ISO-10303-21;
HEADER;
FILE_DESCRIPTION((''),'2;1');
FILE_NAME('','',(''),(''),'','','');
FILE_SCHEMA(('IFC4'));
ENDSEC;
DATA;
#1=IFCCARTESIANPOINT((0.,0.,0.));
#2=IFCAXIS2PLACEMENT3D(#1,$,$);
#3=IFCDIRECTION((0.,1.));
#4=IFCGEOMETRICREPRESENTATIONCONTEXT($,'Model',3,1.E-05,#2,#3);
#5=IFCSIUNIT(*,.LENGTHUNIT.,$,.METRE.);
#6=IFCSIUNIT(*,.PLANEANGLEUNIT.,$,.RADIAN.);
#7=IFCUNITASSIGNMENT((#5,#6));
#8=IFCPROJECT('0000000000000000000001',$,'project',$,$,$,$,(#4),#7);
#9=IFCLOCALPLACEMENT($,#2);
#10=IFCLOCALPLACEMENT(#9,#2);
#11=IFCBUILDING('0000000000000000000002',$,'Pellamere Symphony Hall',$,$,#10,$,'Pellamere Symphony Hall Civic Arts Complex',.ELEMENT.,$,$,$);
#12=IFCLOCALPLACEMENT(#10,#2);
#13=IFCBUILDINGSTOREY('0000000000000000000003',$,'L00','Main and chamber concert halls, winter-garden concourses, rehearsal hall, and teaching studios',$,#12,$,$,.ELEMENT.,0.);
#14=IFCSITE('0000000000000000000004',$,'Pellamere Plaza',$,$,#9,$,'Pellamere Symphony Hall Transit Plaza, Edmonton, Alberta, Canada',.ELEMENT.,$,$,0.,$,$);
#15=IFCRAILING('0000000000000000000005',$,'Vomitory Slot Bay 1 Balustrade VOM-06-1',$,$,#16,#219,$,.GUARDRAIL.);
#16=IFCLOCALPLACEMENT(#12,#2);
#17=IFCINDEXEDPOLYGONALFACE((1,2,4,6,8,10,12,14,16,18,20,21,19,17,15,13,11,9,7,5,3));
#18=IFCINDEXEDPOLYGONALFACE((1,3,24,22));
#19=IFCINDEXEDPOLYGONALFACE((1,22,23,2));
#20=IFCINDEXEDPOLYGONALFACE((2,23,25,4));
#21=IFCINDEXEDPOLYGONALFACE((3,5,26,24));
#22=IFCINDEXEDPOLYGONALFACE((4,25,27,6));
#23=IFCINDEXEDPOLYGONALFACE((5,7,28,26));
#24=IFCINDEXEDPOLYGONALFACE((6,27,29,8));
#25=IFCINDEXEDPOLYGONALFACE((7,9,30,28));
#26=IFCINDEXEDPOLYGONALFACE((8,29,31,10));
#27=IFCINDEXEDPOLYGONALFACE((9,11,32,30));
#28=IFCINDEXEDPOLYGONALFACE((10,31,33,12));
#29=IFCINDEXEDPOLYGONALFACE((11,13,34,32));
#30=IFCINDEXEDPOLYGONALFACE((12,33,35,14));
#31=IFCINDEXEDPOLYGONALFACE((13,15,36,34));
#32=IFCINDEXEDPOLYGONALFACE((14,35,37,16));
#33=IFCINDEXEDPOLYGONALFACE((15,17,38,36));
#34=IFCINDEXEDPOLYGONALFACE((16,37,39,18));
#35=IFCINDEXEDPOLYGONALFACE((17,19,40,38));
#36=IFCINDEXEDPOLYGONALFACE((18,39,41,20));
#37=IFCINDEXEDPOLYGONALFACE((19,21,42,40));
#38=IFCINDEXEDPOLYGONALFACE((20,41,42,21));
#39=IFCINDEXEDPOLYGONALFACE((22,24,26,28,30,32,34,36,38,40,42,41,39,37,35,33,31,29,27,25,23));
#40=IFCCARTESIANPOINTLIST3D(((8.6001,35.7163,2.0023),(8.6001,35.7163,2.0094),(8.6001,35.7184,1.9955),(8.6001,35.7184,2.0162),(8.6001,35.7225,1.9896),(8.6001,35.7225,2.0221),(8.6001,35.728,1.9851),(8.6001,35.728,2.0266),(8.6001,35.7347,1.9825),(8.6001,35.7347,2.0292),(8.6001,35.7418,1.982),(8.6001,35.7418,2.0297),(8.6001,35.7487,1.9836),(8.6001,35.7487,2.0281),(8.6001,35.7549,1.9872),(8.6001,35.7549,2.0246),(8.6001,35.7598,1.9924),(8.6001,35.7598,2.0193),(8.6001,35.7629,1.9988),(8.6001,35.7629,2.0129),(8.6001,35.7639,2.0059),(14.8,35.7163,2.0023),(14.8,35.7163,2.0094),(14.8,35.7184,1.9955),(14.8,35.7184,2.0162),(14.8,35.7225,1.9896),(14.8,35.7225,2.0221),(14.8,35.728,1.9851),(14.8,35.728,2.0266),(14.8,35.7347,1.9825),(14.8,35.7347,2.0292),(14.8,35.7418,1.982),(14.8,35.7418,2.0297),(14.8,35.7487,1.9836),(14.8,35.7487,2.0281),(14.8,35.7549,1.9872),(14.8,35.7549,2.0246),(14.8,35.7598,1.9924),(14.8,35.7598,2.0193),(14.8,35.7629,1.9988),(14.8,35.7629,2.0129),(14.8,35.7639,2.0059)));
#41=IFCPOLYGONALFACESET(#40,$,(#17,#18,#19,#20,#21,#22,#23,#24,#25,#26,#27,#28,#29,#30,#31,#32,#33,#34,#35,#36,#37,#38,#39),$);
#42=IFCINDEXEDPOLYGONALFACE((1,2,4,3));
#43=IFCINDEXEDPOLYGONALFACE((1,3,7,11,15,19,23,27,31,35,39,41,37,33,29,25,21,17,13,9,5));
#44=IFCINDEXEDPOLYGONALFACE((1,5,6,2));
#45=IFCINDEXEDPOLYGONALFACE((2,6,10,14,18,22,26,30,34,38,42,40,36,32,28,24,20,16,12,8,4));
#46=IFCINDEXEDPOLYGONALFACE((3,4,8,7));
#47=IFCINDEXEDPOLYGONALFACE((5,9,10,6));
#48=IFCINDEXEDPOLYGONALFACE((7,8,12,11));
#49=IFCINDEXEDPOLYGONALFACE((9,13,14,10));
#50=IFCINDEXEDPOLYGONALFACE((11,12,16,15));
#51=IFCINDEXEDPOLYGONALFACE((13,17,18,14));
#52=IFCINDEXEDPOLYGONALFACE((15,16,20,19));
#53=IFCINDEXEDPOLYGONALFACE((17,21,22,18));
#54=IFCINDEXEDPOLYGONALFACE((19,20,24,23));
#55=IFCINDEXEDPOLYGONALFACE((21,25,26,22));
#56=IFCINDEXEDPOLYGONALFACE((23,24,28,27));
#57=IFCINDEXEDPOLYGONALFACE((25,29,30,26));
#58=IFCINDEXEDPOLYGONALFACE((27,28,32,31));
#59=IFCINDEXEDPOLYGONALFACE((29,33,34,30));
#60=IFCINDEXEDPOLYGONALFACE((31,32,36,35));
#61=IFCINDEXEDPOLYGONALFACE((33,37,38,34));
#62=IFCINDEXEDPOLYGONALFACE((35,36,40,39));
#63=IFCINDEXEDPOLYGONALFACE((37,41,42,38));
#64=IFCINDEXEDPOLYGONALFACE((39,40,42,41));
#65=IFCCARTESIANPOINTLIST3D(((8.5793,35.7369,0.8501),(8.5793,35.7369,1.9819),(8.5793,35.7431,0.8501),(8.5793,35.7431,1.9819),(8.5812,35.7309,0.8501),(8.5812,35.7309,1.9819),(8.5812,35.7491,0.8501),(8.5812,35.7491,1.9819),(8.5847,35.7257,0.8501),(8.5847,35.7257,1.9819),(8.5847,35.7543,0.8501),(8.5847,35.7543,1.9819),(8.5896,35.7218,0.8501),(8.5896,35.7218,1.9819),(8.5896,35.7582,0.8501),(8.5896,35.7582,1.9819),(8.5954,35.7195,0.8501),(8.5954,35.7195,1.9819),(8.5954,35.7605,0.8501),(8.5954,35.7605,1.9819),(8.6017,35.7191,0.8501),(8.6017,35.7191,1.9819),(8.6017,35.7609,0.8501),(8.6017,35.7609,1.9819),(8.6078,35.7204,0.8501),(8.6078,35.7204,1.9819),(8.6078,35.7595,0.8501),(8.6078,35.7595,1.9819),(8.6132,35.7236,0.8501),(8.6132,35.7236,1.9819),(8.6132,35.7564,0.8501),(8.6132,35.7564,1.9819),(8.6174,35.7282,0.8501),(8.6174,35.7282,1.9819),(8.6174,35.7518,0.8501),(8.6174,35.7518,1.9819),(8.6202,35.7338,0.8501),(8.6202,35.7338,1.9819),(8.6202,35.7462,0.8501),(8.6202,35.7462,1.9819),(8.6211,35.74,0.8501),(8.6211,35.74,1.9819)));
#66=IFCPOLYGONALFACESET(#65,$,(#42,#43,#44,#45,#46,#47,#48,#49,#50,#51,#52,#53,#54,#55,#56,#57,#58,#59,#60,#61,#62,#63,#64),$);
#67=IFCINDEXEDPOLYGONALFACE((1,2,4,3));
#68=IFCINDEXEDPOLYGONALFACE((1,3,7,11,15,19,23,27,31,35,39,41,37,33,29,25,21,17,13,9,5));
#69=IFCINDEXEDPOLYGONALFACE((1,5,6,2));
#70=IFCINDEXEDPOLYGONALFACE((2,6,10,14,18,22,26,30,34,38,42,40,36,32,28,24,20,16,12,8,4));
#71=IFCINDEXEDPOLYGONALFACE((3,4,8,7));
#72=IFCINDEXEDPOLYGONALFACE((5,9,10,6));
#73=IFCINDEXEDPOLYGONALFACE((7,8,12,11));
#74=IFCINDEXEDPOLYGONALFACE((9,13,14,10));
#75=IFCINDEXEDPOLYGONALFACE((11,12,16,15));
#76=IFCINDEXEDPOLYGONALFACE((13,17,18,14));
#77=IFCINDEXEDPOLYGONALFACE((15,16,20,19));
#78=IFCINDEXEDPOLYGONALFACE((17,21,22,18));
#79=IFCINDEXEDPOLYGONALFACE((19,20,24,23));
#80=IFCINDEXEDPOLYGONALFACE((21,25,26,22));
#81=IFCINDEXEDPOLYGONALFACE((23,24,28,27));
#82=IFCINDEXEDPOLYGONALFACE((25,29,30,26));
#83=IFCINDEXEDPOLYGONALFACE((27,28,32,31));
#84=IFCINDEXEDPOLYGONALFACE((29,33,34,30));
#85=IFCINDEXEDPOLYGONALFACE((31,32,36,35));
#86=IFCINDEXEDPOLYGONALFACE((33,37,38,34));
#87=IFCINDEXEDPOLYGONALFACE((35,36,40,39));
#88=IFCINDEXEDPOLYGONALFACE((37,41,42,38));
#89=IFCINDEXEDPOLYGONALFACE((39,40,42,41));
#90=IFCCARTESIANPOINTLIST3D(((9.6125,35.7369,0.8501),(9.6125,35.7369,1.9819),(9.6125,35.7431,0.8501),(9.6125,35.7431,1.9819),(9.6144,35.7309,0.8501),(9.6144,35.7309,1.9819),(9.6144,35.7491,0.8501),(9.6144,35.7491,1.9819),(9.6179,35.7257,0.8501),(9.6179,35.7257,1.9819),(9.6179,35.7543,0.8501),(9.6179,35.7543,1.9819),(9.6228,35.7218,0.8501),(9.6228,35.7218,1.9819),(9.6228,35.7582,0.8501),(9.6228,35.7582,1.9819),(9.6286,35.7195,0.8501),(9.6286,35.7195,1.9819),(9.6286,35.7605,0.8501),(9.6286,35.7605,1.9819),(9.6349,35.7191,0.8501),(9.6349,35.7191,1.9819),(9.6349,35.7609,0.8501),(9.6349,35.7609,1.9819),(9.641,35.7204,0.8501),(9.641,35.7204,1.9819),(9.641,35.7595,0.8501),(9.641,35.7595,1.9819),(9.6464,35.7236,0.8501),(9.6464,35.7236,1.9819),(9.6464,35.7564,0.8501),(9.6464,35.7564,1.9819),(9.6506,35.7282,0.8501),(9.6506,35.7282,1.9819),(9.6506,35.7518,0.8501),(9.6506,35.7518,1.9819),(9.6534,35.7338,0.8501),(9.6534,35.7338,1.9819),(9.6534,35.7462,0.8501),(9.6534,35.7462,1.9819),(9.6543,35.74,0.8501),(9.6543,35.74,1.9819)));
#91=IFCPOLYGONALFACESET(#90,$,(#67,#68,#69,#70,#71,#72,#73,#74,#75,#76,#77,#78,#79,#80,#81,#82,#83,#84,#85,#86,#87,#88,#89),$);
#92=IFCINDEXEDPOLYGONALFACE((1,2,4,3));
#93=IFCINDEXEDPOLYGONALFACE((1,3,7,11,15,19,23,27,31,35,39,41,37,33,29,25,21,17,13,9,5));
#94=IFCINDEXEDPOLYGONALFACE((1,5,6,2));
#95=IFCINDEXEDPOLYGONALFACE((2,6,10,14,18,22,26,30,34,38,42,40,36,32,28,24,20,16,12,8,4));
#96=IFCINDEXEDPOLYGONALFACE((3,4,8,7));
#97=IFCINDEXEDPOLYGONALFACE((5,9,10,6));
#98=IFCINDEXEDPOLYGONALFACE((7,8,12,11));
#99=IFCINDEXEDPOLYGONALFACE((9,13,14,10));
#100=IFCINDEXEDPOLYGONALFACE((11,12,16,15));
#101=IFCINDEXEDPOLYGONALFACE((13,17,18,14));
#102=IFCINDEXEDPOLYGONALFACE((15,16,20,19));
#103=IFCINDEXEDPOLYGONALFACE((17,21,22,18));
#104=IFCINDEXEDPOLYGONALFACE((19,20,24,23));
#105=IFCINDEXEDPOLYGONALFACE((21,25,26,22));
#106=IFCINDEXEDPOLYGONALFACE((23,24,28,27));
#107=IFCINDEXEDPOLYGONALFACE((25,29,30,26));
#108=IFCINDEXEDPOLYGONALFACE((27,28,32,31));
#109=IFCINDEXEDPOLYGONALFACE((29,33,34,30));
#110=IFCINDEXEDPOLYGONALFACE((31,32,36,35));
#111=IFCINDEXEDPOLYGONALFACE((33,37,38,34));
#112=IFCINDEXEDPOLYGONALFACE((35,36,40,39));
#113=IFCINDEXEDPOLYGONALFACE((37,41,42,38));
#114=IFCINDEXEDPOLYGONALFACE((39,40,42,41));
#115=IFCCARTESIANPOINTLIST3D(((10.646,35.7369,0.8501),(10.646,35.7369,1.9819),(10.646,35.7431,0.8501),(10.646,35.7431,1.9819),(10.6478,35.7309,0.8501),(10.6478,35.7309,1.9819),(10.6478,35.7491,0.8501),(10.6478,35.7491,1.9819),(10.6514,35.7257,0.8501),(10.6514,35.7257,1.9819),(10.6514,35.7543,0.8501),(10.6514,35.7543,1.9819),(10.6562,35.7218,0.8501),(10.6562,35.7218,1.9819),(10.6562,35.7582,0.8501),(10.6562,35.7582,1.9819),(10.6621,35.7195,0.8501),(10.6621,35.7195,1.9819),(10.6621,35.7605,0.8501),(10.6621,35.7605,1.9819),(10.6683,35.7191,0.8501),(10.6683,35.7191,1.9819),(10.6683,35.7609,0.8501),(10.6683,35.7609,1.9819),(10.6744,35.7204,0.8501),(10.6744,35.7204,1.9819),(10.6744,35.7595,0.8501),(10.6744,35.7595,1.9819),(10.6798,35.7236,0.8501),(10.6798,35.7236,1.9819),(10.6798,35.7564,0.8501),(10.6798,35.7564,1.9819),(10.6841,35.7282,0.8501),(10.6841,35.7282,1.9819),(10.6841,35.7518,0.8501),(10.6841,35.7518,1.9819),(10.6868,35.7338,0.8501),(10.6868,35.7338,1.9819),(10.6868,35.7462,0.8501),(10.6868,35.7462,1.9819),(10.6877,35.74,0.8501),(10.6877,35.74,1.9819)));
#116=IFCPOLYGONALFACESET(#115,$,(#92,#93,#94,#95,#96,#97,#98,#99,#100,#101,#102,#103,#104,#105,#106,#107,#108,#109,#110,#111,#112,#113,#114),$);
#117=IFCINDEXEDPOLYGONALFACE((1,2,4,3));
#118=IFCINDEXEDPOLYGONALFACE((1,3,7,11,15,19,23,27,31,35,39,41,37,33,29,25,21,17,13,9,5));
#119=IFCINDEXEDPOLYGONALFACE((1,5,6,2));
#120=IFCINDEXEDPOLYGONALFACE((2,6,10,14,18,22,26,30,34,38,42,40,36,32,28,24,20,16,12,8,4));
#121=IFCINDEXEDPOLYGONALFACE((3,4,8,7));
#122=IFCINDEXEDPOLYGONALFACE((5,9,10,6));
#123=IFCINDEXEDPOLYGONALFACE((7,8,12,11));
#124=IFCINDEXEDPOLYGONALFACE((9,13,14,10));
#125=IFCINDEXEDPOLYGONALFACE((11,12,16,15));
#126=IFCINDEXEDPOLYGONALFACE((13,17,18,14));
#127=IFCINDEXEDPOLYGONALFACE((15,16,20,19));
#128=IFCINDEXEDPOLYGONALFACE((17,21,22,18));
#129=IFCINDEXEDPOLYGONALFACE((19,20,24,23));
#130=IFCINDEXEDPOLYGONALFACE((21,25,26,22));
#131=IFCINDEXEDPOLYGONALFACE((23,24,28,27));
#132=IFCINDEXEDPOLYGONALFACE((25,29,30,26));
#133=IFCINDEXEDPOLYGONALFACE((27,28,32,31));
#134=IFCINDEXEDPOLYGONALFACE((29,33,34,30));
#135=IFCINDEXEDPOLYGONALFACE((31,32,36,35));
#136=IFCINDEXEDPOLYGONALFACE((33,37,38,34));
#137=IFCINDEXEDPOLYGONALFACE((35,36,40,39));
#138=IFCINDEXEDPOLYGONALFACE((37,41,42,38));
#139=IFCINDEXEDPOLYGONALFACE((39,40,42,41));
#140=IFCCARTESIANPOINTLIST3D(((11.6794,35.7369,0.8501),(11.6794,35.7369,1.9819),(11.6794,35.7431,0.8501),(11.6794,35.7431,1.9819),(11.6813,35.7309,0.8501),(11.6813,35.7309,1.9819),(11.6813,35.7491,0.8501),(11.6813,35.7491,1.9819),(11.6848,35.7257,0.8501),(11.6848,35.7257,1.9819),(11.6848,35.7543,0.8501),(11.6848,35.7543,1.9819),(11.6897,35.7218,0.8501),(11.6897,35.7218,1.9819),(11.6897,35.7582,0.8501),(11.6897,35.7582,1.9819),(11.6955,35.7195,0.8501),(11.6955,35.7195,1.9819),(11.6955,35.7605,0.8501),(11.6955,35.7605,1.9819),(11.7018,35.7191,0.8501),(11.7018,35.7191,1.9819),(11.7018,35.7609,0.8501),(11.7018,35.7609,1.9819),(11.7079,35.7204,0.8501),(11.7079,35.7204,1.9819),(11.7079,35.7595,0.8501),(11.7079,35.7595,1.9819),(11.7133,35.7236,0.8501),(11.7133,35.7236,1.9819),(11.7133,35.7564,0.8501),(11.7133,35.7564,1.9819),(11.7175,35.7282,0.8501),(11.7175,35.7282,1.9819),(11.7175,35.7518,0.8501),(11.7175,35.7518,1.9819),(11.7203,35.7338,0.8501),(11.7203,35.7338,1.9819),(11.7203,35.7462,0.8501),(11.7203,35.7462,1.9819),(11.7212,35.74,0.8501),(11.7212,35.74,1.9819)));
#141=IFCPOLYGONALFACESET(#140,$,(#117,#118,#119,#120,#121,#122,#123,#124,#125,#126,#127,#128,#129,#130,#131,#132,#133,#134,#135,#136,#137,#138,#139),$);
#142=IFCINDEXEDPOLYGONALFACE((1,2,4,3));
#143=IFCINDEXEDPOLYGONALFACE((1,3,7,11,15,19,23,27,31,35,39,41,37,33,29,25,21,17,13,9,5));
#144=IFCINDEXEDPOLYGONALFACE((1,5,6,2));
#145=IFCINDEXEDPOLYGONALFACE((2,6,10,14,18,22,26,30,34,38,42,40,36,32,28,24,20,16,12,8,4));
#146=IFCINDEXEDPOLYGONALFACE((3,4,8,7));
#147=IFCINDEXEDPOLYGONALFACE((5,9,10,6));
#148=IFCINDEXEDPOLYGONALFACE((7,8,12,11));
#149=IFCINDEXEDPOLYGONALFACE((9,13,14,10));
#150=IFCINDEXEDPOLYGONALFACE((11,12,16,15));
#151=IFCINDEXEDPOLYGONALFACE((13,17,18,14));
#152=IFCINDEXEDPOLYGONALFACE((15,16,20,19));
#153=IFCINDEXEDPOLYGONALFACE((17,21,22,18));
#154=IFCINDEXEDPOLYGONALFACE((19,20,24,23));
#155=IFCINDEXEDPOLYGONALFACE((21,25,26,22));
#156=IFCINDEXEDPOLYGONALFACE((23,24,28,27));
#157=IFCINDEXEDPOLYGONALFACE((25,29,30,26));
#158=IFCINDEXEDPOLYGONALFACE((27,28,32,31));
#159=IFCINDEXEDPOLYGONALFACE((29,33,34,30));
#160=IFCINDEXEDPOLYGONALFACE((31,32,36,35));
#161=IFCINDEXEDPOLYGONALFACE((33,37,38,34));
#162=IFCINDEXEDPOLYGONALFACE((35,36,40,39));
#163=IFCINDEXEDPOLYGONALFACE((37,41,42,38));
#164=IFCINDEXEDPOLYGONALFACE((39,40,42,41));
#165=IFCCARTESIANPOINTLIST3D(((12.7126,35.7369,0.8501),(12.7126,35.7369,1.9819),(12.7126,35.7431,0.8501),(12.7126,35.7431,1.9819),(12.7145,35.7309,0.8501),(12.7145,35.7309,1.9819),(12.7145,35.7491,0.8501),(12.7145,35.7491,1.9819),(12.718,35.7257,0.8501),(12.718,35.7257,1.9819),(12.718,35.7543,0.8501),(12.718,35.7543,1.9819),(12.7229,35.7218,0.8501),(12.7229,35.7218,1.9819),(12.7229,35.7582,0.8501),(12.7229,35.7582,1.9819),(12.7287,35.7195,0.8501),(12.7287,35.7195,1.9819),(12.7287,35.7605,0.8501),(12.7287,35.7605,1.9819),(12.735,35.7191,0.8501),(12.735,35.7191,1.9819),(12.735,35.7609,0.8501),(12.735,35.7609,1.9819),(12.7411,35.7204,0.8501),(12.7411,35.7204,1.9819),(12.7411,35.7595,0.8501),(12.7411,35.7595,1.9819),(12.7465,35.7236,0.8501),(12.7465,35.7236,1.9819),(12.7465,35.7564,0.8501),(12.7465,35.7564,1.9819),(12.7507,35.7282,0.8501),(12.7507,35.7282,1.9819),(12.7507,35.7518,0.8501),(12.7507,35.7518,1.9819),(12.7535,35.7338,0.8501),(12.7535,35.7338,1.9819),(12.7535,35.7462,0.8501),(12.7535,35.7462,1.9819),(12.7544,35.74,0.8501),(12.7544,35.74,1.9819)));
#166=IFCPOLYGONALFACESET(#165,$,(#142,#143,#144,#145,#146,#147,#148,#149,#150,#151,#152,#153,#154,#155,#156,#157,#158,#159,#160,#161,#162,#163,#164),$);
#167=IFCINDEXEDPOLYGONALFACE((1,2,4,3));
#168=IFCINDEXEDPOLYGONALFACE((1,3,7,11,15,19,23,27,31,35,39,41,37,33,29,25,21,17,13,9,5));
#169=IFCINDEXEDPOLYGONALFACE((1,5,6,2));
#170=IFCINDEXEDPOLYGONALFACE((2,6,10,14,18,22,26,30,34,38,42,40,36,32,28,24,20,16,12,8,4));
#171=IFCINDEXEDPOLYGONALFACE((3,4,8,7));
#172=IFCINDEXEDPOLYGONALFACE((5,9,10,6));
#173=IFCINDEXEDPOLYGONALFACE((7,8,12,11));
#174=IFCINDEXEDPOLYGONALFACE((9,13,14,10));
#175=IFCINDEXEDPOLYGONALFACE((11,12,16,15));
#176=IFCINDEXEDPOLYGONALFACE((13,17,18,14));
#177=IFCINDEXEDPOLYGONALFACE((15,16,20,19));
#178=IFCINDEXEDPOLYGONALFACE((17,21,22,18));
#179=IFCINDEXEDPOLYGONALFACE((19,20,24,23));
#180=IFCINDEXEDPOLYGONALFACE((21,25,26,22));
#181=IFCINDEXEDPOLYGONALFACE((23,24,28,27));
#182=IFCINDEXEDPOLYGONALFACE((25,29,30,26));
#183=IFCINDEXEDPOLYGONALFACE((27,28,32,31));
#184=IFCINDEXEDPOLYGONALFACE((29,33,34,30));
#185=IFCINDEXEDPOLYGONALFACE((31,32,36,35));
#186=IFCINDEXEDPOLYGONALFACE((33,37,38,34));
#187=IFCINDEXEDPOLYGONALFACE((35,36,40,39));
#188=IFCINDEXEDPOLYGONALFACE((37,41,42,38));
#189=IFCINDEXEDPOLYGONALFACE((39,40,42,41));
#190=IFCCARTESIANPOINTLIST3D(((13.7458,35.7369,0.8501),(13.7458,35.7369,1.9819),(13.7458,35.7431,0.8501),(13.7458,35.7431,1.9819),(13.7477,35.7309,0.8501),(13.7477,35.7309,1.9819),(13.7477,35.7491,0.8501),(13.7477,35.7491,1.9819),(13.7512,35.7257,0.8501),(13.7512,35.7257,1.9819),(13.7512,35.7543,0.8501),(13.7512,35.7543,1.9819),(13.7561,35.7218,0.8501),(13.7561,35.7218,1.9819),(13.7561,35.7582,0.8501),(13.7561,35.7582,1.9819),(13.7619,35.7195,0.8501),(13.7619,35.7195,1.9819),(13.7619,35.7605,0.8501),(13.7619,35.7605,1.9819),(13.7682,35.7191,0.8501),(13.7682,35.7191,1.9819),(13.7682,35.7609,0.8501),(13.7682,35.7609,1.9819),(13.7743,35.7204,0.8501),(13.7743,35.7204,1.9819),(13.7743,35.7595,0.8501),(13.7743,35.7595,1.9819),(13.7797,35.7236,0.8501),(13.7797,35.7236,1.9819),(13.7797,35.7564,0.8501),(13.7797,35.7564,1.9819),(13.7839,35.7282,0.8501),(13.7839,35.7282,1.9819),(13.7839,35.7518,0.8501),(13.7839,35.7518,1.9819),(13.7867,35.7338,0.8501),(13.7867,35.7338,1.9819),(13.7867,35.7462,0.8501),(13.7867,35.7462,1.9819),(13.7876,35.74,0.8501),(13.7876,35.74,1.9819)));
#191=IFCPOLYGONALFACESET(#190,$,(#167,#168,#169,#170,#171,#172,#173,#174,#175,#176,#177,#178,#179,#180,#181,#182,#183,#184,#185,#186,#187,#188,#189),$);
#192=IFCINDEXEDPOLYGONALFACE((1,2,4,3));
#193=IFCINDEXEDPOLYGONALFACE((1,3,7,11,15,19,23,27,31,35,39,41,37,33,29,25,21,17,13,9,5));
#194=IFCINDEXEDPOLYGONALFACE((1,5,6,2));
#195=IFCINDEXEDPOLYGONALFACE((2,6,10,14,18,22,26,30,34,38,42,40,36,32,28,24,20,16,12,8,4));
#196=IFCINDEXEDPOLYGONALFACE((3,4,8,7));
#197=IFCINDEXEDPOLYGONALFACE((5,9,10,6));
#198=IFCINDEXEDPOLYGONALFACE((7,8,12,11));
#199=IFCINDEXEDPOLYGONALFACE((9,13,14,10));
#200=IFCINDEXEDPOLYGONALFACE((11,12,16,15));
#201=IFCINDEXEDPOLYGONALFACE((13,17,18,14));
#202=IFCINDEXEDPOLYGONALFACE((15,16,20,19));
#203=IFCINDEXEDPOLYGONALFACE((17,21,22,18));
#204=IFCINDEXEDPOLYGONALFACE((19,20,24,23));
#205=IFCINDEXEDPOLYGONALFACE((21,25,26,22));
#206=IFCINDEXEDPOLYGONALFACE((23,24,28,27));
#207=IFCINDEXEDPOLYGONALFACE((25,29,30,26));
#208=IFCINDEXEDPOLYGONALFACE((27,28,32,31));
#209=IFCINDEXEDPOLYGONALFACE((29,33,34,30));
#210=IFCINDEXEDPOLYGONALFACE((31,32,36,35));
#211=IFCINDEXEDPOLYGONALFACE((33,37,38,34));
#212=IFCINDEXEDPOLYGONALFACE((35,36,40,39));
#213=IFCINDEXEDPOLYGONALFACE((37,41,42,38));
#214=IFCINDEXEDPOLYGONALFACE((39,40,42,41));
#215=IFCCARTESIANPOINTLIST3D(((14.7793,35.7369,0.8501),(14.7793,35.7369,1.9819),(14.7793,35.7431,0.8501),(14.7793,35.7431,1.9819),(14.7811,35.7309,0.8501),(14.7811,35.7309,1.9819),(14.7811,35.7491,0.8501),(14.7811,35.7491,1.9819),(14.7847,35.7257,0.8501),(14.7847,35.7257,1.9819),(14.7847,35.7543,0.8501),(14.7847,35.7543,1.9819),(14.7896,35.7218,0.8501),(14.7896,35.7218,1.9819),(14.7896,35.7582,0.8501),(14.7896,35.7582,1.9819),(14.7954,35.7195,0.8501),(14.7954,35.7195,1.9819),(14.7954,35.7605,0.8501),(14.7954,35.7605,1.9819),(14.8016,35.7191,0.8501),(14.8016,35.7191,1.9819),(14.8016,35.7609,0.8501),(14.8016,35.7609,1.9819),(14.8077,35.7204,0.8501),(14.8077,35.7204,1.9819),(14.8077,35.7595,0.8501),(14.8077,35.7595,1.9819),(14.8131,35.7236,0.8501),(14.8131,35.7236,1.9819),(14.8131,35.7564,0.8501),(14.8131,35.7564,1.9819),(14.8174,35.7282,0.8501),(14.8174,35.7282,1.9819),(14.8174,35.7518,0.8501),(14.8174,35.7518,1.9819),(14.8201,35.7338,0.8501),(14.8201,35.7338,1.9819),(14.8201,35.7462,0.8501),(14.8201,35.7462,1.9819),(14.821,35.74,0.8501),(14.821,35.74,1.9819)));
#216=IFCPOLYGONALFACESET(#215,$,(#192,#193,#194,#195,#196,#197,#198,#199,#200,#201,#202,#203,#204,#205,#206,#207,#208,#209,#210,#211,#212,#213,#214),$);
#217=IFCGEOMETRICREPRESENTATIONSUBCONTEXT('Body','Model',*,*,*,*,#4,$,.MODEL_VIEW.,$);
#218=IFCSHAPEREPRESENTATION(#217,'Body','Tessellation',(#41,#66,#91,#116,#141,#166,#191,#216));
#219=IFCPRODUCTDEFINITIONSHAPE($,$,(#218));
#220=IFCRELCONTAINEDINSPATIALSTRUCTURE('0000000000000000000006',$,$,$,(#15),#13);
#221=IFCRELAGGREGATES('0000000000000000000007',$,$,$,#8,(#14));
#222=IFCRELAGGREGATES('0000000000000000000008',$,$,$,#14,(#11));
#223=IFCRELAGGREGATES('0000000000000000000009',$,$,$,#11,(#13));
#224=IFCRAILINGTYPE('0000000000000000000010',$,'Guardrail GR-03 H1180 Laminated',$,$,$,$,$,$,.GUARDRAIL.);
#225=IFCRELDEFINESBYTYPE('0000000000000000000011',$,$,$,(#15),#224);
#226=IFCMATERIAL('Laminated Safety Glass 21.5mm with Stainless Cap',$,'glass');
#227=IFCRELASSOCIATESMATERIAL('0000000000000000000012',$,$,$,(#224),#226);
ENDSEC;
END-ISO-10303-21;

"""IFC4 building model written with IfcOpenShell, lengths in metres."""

from ifc_helpers import new_model, si_unit, direction, frame, origin, origin_2d, place, context, subcontext, project, spatial, circle, extrude, material, type_object, element, save


model = new_model("IFC4")

# Units and contexts
model_context = context("Model", 3, precision=1e-05, world=origin(), true_north=direction((0.0, 1.0)))
body_context = subcontext(model_context, "Body", "Model", "MODEL_VIEW")
ifc_project = project(units=[si_unit("LENGTHUNIT", "METRE"), si_unit("PLANEANGLEUNIT", "RADIAN")], contexts=[model_context])

# Site, building, storey
site_placement = place(None, origin())
site = spatial("IfcSite", under=ifc_project, at=site_placement, Name="Pellamere Plaza", LongName="Pellamere Symphony Hall Transit Plaza, Edmonton, Alberta, Canada", CompositionType="ELEMENT", RefElevation=0.0)
building_placement = place(site_placement, origin())
building = spatial("IfcBuilding", under=site, at=building_placement, Name="Pellamere Symphony Hall", LongName="Pellamere Symphony Hall Civic Arts Complex", CompositionType="ELEMENT")
storey_placement = place(building_placement, origin())
storey = spatial("IfcBuildingStorey", under=building, at=storey_placement, Name="L00", Description="Main and chamber concert halls, winter-garden concourses, rehearsal hall, and teaching studios", CompositionType="ELEMENT", Elevation=0.0)

# Railing
ifc_material_1 = material(Name="Laminated Safety Glass 21.5mm with Stainless Cap", Category="glass")
railing_type = type_object("IfcRailingType", Name="Guardrail GR-03 H1180 Laminated", PredefinedType="GUARDRAIL", material=ifc_material_1)
railing_placement = place(storey_placement, frame((8.6001, 35.74, 0.8501)))
element("IfcRailing", 1, at=railing_placement, inside=storey, type_object=railing_type, Name="Vomitory Slot Bay 1 Balustrade VOM-06-1", PredefinedType="GUARDRAIL", context=body_context, shape_type="SweptSolid", body=[
    extrude(circle(Radius=0.0239, at=origin_2d()), frame((0.0, 0.0, 1.1558), z_axis=(1.0, 0.0, 0.0), x_axis=(0.0, 1.0, 0.0)), (0.0, 0.0, 1.0), 6.2),
    extrude(circle(Radius=0.021, at=origin_2d()), origin(), (0.0, 0.0, 1.0), 1.1318),
    extrude(circle(Radius=0.021, at=origin_2d()), frame((1.0332, 0.0, 0.0)), (0.0, 0.0, 1.0), 1.1318),
    extrude(circle(Radius=0.021, at=origin_2d()), frame((2.0667, 0.0, 0.0)), (0.0, 0.0, 1.0), 1.1318),
    extrude(circle(Radius=0.021, at=origin_2d()), frame((3.1001, 0.0, 0.0)), (0.0, 0.0, 1.0), 1.1318),
    extrude(circle(Radius=0.021, at=origin_2d()), frame((4.1333, 0.0, 0.0)), (0.0, 0.0, 1.0), 1.1318),
    extrude(circle(Radius=0.021, at=origin_2d()), frame((5.1665, 0.0, 0.0)), (0.0, 0.0, 1.0), 1.1318),
    extrude(circle(Radius=0.021, at=origin_2d()), frame((6.2, 0.0, 0.0)), (0.0, 0.0, 1.0), 1.1318),
])

save(model, "model.ifc")
